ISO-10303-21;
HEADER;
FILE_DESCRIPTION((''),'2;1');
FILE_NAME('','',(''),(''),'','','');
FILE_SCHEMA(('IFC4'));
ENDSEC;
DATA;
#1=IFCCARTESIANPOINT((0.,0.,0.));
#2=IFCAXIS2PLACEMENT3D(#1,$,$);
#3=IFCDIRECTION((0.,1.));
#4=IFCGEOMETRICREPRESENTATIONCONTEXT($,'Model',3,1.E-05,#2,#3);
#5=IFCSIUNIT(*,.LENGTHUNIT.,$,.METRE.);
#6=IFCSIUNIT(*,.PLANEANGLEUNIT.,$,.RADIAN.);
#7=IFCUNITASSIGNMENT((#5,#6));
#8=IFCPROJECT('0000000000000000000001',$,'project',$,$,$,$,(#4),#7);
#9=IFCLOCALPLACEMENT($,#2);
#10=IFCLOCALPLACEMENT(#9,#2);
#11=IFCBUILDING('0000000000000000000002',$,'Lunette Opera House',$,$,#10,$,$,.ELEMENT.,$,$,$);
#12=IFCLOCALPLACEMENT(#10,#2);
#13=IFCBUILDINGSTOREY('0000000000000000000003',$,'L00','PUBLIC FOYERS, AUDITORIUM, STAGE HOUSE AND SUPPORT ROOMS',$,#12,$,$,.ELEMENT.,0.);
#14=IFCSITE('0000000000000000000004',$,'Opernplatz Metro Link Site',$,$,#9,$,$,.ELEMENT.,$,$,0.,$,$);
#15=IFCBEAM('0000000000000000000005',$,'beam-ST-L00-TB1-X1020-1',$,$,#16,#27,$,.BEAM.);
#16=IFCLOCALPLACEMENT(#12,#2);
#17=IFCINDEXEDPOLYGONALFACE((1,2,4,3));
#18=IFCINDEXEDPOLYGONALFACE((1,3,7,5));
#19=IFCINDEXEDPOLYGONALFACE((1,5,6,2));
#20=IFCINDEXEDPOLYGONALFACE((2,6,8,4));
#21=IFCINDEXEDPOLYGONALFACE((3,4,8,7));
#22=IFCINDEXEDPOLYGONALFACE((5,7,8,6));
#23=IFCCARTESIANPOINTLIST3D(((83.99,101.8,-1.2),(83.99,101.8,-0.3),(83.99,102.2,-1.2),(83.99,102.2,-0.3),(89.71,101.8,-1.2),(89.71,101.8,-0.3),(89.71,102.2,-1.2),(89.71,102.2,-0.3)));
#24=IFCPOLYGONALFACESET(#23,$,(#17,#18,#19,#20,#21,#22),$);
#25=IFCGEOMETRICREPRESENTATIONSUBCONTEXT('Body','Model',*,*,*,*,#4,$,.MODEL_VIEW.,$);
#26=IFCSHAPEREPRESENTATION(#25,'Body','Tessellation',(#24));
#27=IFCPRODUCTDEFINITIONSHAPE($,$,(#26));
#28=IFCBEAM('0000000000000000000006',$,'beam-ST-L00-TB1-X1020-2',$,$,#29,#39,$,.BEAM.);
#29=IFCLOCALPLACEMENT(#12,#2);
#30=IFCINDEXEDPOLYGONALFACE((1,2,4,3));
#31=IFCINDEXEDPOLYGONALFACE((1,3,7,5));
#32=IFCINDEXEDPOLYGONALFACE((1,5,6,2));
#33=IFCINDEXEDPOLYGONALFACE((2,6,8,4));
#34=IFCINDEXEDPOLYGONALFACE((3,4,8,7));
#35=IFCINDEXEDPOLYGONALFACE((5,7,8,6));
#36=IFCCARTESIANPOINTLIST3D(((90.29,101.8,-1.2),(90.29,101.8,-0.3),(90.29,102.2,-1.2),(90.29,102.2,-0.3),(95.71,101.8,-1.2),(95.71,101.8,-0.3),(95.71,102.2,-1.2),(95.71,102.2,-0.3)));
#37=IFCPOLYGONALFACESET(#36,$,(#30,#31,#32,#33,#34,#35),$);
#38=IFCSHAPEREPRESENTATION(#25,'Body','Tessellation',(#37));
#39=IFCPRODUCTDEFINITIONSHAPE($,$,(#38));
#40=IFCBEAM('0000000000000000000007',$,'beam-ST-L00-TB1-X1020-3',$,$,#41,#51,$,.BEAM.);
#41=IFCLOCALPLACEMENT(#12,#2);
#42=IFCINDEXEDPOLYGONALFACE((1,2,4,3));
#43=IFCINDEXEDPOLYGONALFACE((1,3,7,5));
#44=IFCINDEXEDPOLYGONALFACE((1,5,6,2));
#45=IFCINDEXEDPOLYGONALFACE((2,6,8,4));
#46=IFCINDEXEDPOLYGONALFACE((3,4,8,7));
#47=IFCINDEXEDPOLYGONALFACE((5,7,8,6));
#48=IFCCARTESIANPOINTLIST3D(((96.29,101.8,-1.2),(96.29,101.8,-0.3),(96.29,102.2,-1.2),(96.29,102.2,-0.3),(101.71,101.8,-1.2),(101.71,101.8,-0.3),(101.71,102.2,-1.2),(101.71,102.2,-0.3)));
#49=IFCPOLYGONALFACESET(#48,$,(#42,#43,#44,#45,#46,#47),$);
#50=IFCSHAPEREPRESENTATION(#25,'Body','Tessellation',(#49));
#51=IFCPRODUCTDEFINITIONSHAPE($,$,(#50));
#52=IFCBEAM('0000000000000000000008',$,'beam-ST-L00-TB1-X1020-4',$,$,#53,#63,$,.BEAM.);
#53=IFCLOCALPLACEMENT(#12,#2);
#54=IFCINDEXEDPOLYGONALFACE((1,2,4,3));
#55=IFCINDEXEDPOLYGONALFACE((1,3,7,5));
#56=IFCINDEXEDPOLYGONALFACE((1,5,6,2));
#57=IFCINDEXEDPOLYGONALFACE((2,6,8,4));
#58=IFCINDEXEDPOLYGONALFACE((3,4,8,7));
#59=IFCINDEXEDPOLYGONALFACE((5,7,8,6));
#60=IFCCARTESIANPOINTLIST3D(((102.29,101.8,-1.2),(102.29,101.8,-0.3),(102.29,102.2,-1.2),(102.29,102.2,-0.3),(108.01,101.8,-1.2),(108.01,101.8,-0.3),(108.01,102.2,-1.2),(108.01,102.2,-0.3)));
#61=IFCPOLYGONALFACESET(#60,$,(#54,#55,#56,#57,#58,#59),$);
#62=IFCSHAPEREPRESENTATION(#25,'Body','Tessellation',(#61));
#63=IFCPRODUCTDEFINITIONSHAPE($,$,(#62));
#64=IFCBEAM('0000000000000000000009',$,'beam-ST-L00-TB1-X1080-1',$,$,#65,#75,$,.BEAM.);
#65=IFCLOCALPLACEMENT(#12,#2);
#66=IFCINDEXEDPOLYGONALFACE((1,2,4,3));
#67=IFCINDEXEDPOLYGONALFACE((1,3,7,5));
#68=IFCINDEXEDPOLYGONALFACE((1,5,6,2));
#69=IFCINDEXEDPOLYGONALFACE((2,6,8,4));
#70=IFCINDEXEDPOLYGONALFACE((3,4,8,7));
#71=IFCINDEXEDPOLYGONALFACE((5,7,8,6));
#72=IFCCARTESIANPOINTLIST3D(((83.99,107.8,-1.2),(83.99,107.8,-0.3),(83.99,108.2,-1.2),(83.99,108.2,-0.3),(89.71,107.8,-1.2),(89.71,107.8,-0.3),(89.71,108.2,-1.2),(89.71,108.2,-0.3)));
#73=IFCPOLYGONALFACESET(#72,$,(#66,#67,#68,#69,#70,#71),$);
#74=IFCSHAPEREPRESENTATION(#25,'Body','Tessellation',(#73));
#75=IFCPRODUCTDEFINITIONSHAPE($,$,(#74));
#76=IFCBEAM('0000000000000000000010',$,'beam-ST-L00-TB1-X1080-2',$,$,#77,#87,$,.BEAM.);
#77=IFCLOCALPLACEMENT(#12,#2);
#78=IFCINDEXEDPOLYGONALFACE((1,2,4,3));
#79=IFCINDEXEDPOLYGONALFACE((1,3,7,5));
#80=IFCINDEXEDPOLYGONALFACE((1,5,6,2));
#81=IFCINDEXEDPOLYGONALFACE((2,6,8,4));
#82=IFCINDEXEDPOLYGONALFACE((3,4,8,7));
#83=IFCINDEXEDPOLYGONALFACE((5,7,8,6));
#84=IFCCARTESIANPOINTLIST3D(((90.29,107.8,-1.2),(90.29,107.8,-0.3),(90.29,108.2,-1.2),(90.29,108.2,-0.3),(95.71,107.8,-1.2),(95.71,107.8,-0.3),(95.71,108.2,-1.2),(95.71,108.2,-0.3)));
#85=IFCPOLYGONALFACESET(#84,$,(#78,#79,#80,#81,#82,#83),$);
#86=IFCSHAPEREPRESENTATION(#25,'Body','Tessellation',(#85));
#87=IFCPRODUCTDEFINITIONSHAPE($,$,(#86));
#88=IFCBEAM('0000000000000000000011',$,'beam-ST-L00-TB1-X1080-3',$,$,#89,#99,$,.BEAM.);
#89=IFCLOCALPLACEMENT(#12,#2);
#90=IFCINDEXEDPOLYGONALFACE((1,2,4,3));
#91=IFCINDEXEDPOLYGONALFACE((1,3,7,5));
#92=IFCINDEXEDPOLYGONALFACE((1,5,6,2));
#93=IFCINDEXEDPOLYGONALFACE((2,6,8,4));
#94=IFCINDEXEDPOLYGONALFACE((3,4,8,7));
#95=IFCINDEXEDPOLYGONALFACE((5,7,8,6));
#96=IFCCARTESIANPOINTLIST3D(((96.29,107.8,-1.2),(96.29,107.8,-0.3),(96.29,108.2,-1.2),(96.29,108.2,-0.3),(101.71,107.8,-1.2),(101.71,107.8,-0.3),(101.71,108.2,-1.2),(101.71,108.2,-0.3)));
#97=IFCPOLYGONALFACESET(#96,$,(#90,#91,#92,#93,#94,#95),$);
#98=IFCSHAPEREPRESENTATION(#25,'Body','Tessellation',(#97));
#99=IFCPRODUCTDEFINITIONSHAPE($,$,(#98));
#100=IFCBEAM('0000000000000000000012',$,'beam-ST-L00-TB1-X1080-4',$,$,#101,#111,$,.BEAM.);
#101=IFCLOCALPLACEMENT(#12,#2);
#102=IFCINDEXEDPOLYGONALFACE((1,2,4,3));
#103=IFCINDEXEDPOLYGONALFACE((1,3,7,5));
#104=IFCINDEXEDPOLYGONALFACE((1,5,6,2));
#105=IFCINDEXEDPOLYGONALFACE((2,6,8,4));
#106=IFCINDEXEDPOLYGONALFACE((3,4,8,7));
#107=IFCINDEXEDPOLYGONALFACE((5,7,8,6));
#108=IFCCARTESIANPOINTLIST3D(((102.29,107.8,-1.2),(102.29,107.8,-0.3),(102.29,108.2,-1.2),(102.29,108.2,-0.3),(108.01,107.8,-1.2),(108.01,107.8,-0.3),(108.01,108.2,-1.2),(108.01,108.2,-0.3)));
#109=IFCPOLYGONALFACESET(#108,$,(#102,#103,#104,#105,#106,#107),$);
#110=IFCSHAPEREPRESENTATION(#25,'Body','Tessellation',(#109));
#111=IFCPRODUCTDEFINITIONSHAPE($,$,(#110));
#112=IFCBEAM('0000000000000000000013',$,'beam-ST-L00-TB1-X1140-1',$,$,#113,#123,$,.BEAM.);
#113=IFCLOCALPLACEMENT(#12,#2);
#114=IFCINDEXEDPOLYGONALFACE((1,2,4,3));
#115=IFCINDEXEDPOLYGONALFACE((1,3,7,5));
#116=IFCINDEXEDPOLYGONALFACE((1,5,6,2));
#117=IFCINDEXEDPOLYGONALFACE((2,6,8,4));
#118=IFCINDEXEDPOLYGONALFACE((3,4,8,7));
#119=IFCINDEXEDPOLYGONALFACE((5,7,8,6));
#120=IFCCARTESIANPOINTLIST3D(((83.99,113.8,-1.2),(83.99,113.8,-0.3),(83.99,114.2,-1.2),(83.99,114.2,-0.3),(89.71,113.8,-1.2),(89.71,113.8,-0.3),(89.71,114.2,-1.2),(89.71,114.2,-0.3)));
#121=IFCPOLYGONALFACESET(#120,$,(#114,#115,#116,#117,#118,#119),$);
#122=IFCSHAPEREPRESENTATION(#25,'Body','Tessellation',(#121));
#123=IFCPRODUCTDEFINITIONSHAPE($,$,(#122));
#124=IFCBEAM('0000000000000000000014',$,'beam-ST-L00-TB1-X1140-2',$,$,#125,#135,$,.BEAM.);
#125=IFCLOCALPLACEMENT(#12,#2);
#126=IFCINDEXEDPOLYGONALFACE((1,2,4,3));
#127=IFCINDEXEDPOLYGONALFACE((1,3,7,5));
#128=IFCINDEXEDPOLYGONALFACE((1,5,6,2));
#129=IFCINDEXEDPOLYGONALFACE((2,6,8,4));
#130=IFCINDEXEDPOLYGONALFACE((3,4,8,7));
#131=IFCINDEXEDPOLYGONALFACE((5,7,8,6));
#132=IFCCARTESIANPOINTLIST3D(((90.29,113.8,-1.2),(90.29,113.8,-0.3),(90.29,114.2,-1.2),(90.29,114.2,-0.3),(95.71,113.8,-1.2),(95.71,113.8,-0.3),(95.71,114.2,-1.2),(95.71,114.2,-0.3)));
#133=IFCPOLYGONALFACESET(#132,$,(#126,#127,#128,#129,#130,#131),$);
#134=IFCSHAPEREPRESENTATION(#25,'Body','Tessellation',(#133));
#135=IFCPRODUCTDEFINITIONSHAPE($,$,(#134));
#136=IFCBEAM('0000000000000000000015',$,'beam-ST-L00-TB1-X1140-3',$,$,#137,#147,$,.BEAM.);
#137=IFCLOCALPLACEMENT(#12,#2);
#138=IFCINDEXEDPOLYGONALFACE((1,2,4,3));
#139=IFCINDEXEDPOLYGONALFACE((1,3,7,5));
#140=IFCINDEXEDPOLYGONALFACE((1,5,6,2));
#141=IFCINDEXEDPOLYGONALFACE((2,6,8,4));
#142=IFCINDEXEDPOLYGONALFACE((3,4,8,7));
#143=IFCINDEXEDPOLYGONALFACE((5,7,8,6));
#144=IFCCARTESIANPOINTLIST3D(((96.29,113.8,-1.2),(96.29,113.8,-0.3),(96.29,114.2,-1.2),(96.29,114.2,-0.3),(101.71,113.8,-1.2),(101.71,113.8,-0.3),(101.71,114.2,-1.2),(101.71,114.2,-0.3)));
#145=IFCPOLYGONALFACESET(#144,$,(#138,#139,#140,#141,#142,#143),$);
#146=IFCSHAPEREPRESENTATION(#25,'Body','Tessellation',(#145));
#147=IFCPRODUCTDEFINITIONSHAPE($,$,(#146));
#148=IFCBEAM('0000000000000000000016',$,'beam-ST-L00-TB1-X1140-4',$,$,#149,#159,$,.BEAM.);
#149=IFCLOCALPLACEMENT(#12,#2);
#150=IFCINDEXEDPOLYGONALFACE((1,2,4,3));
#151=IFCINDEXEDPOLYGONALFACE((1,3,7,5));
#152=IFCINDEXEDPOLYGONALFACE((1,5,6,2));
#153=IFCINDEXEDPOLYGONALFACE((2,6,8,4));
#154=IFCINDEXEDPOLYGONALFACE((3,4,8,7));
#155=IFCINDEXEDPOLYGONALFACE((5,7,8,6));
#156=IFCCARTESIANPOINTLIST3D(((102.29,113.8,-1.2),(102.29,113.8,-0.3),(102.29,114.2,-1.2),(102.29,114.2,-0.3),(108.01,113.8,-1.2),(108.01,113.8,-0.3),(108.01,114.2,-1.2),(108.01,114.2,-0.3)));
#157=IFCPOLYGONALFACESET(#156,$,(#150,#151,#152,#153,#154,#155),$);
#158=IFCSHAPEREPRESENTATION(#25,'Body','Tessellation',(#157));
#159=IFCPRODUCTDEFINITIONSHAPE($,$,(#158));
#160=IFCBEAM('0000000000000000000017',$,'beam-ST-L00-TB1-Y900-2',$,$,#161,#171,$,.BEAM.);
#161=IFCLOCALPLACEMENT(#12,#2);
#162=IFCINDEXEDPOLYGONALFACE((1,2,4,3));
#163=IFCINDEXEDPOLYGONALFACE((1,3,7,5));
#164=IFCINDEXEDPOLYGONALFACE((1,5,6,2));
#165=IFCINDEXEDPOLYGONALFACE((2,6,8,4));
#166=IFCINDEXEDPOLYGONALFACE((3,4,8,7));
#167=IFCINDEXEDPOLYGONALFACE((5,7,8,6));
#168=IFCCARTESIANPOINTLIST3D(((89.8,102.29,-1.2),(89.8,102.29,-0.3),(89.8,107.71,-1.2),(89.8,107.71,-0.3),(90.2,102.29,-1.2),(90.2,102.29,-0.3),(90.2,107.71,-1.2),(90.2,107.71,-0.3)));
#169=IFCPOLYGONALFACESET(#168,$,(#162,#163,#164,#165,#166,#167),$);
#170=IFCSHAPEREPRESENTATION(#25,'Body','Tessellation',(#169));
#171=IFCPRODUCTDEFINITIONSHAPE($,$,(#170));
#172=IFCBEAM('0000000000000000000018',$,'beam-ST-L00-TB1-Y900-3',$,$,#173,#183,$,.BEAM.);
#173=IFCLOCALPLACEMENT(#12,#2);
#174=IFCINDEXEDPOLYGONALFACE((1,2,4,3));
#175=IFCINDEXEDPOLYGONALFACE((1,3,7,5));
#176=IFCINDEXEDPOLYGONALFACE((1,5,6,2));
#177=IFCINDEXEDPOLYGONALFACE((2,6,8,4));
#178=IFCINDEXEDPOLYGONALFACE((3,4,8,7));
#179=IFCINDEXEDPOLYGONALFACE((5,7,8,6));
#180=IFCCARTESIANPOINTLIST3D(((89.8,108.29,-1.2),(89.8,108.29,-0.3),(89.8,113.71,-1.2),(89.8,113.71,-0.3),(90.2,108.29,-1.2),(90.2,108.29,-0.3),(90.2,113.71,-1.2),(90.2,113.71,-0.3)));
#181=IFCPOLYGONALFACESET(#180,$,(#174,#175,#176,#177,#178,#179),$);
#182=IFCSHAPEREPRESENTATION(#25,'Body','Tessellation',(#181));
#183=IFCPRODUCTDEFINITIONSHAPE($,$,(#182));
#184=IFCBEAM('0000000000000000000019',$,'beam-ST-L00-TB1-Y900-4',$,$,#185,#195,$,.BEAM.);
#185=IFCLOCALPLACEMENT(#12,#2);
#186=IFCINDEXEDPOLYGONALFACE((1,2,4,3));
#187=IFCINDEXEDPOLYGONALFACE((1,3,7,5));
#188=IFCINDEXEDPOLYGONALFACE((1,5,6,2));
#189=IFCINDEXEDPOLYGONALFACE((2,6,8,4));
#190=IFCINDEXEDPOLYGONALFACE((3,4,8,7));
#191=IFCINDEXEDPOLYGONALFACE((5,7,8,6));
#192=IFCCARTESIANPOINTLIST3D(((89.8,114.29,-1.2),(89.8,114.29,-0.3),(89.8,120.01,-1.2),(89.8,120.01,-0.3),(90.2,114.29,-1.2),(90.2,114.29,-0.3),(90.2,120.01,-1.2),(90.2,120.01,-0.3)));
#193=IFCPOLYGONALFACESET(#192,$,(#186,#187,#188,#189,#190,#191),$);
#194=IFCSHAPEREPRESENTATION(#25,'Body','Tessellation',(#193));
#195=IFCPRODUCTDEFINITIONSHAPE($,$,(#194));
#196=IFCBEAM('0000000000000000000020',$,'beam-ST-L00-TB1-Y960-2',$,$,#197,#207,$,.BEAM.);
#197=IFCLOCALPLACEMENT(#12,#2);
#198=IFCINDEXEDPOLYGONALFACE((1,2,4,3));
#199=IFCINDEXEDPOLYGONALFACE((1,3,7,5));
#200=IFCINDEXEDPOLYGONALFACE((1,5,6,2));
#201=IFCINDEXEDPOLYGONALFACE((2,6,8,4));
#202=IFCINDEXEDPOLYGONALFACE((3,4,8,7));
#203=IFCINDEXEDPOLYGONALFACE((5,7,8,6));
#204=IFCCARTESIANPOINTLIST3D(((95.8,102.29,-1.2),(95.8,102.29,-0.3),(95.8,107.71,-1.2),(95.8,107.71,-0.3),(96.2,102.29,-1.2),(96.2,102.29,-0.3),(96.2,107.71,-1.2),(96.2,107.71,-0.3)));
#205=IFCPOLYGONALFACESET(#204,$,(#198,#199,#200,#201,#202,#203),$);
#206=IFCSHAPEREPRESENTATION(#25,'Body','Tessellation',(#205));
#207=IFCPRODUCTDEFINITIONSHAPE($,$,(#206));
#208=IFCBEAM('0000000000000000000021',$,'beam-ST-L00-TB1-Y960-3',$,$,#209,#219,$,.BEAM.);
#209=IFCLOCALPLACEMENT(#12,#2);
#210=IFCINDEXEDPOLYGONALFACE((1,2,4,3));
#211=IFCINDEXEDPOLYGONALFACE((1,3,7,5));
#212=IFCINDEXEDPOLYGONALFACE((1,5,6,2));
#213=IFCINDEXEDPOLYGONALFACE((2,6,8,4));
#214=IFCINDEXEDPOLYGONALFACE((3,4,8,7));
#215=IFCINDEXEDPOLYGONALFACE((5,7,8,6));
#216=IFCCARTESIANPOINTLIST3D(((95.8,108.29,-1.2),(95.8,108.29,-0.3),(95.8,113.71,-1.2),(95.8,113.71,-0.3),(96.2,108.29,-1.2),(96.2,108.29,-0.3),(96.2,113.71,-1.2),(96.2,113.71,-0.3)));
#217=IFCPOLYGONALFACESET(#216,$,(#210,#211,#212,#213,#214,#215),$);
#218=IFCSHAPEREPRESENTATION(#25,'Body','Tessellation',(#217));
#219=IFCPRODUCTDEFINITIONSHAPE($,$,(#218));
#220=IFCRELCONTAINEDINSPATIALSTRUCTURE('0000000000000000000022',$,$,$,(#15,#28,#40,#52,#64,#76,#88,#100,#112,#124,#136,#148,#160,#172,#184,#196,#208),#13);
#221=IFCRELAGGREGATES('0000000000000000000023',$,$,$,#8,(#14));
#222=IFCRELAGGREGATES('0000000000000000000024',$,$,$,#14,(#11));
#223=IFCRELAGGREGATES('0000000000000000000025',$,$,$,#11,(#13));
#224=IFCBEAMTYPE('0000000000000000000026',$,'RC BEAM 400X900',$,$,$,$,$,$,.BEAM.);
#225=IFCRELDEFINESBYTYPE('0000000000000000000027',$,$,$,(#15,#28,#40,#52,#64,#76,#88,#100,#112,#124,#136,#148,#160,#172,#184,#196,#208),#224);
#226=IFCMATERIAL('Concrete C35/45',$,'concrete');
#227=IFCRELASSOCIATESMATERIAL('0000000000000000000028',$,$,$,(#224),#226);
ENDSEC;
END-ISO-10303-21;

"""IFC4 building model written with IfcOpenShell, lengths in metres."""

from ifc_helpers import new_model, si_unit, direction, frame, origin, origin_2d, place, context, subcontext, project, spatial, rectangle, extrude, material, material_profile, profile_set, type_object, element, save


model = new_model("IFC4")

# Units and contexts
model_context = context("Model", 3, precision=1e-05, world=origin(), true_north=direction((0.0, 1.0)))
body_context = subcontext(model_context, "Body", "Model", "MODEL_VIEW")
ifc_project = project(units=[si_unit("LENGTHUNIT", "METRE"), si_unit("PLANEANGLEUNIT", "RADIAN")], contexts=[model_context])

# Site, building, storey
site_placement = place(None, origin())
site = spatial("IfcSite", under=ifc_project, at=site_placement, Name="Opernplatz Metro Link Site", CompositionType="ELEMENT", RefElevation=0.0)
building_placement = place(site_placement, origin())
building = spatial("IfcBuilding", under=site, at=building_placement, Name="Lunette Opera House", CompositionType="ELEMENT")
storey_placement = place(building_placement, origin())
storey = spatial("IfcBuildingStorey", under=building, at=storey_placement, Name="L00", Description="PUBLIC FOYERS, AUDITORIUM, STAGE HOUSE AND SUPPORT ROOMS", CompositionType="ELEMENT", Elevation=0.0)

# Beams
ifc_material_1 = material(Name="Concrete C35/45", Category="concrete")
ifc_material_profile = material_profile(ifc_material_1, rectangle(XDim=0.3999, YDim=0.8999, at=origin_2d()), Name="RC BEAM 400X900")
ifc_profile_set = profile_set([ifc_material_profile], Name="Concrete C35/45")
beam_type = type_object("IfcBeamType", Name="RC BEAM 400X900", PredefinedType="BEAM", material=ifc_profile_set)
beam_1_placement = place(storey_placement, frame((83.99, 102.0, -0.75), z_axis=(1.0, 0.0, 0.0), x_axis=(0.0, 1.0, 0.0)))
element("IfcBeam", 1, at=beam_1_placement, inside=storey, type_object=beam_type, Name="beam-ST-L00-TB1-X1020-1", PredefinedType="BEAM", context=body_context, shape_type="SweptSolid", body=[
    extrude(rectangle(XDim=0.3999, YDim=0.8999, at=origin_2d()), origin(), (0.0, 0.0, 1.0), 5.72),
])
for number, where, z_axis, x_axis, name in (
    (2, (90.29, 102.0, -0.75), (1.0, 0.0, 0.0), (0.0, 1.0, 0.0), "beam-ST-L00-TB1-X1020-2"),
    (3, (96.29, 102.0, -0.75), (1.0, 0.0, 0.0), (0.0, 1.0, 0.0), "beam-ST-L00-TB1-X1020-3"),
):
    element("IfcBeam", number, at=place(storey_placement, frame(where, z_axis=z_axis, x_axis=x_axis)), inside=storey, type_object=beam_type, Name=name, PredefinedType="BEAM", context=body_context, shape_type="SweptSolid", body=[
        extrude(rectangle(XDim=0.3999, YDim=0.8999, at=origin_2d()), origin(), (0.0, 0.0, 1.0), 5.4199),
    ])
for number, where, z_axis, x_axis, name in (
    (4, (102.29, 102.0, -0.75), (1.0, 0.0, 0.0), (0.0, 1.0, 0.0), "beam-ST-L00-TB1-X1020-4"),
    (5, (83.99, 108.0, -0.75), (1.0, 0.0, 0.0), (0.0, 1.0, 0.0), "beam-ST-L00-TB1-X1080-1"),
):
    element("IfcBeam", number, at=place(storey_placement, frame(where, z_axis=z_axis, x_axis=x_axis)), inside=storey, type_object=beam_type, Name=name, PredefinedType="BEAM", context=body_context, shape_type="SweptSolid", body=[
        extrude(rectangle(XDim=0.3999, YDim=0.8999, at=origin_2d()), origin(), (0.0, 0.0, 1.0), 5.72),
    ])
for number, where, z_axis, x_axis, name in (
    (6, (90.29, 108.0, -0.75), (1.0, 0.0, 0.0), (0.0, 1.0, 0.0), "beam-ST-L00-TB1-X1080-2"),
    (7, (96.29, 108.0, -0.75), (1.0, 0.0, 0.0), (0.0, 1.0, 0.0), "beam-ST-L00-TB1-X1080-3"),
):
    element("IfcBeam", number, at=place(storey_placement, frame(where, z_axis=z_axis, x_axis=x_axis)), inside=storey, type_object=beam_type, Name=name, PredefinedType="BEAM", context=body_context, shape_type="SweptSolid", body=[
        extrude(rectangle(XDim=0.3999, YDim=0.8999, at=origin_2d()), origin(), (0.0, 0.0, 1.0), 5.4199),
    ])
for number, where, z_axis, x_axis, name in (
    (8, (102.29, 108.0, -0.75), (1.0, 0.0, 0.0), (0.0, 1.0, 0.0), "beam-ST-L00-TB1-X1080-4"),
    (9, (83.99, 114.0, -0.75), (1.0, 0.0, 0.0), (0.0, 1.0, 0.0), "beam-ST-L00-TB1-X1140-1"),
):
    element("IfcBeam", number, at=place(storey_placement, frame(where, z_axis=z_axis, x_axis=x_axis)), inside=storey, type_object=beam_type, Name=name, PredefinedType="BEAM", context=body_context, shape_type="SweptSolid", body=[
        extrude(rectangle(XDim=0.3999, YDim=0.8999, at=origin_2d()), origin(), (0.0, 0.0, 1.0), 5.72),
    ])
for number, where, z_axis, x_axis, name in (
    (10, (90.29, 114.0, -0.75), (1.0, 0.0, 0.0), (0.0, 1.0, 0.0), "beam-ST-L00-TB1-X1140-2"),
    (11, (96.29, 114.0, -0.75), (1.0, 0.0, 0.0), (0.0, 1.0, 0.0), "beam-ST-L00-TB1-X1140-3"),
):
    element("IfcBeam", number, at=place(storey_placement, frame(where, z_axis=z_axis, x_axis=x_axis)), inside=storey, type_object=beam_type, Name=name, PredefinedType="BEAM", context=body_context, shape_type="SweptSolid", body=[
        extrude(rectangle(XDim=0.3999, YDim=0.8999, at=origin_2d()), origin(), (0.0, 0.0, 1.0), 5.4199),
    ])
beam_2_placement = place(storey_placement, frame((102.29, 114.0, -0.75), z_axis=(1.0, 0.0, 0.0), x_axis=(0.0, 1.0, 0.0)))
element("IfcBeam", 12, at=beam_2_placement, inside=storey, type_object=beam_type, Name="beam-ST-L00-TB1-X1140-4", PredefinedType="BEAM", context=body_context, shape_type="SweptSolid", body=[
    extrude(rectangle(XDim=0.3999, YDim=0.8999, at=origin_2d()), origin(), (0.0, 0.0, 1.0), 5.72),
])
for number, where, z_axis, x_axis, name in (
    (13, (90.0, 102.29, -0.75), (0.0, 1.0, 0.0), (-1.0, 0.0, 0.0), "beam-ST-L00-TB1-Y900-2"),
    (14, (90.0, 108.29, -0.75), (0.0, 1.0, 0.0), (-1.0, 0.0, 0.0), "beam-ST-L00-TB1-Y900-3"),
):
    element("IfcBeam", number, at=place(storey_placement, frame(where, z_axis=z_axis, x_axis=x_axis)), inside=storey, type_object=beam_type, Name=name, PredefinedType="BEAM", context=body_context, shape_type="SweptSolid", body=[
        extrude(rectangle(XDim=0.3999, YDim=0.8999, at=origin_2d()), origin(), (0.0, 0.0, 1.0), 5.4199),
    ])
beam_3_placement = place(storey_placement, frame((90.0, 114.29, -0.75), z_axis=(0.0, 1.0, 0.0), x_axis=(-1.0, 0.0, 0.0)))
element("IfcBeam", 15, at=beam_3_placement, inside=storey, type_object=beam_type, Name="beam-ST-L00-TB1-Y900-4", PredefinedType="BEAM", context=body_context, shape_type="SweptSolid", body=[
    extrude(rectangle(XDim=0.3999, YDim=0.8999, at=origin_2d()), origin(), (0.0, 0.0, 1.0), 5.72),
])
for number, where, z_axis, x_axis, name in (
    (16, (96.0, 102.29, -0.75), (0.0, 1.0, 0.0), (-1.0, 0.0, 0.0), "beam-ST-L00-TB1-Y960-2"),
    (17, (96.0, 108.29, -0.75), (0.0, 1.0, 0.0), (-1.0, 0.0, 0.0), "beam-ST-L00-TB1-Y960-3"),
):
    element("IfcBeam", number, at=place(storey_placement, frame(where, z_axis=z_axis, x_axis=x_axis)), inside=storey, type_object=beam_type, Name=name, PredefinedType="BEAM", context=body_context, shape_type="SweptSolid", body=[
        extrude(rectangle(XDim=0.3999, YDim=0.8999, at=origin_2d()), origin(), (0.0, 0.0, 1.0), 5.4199),
    ])

save(model, "model.ifc")
